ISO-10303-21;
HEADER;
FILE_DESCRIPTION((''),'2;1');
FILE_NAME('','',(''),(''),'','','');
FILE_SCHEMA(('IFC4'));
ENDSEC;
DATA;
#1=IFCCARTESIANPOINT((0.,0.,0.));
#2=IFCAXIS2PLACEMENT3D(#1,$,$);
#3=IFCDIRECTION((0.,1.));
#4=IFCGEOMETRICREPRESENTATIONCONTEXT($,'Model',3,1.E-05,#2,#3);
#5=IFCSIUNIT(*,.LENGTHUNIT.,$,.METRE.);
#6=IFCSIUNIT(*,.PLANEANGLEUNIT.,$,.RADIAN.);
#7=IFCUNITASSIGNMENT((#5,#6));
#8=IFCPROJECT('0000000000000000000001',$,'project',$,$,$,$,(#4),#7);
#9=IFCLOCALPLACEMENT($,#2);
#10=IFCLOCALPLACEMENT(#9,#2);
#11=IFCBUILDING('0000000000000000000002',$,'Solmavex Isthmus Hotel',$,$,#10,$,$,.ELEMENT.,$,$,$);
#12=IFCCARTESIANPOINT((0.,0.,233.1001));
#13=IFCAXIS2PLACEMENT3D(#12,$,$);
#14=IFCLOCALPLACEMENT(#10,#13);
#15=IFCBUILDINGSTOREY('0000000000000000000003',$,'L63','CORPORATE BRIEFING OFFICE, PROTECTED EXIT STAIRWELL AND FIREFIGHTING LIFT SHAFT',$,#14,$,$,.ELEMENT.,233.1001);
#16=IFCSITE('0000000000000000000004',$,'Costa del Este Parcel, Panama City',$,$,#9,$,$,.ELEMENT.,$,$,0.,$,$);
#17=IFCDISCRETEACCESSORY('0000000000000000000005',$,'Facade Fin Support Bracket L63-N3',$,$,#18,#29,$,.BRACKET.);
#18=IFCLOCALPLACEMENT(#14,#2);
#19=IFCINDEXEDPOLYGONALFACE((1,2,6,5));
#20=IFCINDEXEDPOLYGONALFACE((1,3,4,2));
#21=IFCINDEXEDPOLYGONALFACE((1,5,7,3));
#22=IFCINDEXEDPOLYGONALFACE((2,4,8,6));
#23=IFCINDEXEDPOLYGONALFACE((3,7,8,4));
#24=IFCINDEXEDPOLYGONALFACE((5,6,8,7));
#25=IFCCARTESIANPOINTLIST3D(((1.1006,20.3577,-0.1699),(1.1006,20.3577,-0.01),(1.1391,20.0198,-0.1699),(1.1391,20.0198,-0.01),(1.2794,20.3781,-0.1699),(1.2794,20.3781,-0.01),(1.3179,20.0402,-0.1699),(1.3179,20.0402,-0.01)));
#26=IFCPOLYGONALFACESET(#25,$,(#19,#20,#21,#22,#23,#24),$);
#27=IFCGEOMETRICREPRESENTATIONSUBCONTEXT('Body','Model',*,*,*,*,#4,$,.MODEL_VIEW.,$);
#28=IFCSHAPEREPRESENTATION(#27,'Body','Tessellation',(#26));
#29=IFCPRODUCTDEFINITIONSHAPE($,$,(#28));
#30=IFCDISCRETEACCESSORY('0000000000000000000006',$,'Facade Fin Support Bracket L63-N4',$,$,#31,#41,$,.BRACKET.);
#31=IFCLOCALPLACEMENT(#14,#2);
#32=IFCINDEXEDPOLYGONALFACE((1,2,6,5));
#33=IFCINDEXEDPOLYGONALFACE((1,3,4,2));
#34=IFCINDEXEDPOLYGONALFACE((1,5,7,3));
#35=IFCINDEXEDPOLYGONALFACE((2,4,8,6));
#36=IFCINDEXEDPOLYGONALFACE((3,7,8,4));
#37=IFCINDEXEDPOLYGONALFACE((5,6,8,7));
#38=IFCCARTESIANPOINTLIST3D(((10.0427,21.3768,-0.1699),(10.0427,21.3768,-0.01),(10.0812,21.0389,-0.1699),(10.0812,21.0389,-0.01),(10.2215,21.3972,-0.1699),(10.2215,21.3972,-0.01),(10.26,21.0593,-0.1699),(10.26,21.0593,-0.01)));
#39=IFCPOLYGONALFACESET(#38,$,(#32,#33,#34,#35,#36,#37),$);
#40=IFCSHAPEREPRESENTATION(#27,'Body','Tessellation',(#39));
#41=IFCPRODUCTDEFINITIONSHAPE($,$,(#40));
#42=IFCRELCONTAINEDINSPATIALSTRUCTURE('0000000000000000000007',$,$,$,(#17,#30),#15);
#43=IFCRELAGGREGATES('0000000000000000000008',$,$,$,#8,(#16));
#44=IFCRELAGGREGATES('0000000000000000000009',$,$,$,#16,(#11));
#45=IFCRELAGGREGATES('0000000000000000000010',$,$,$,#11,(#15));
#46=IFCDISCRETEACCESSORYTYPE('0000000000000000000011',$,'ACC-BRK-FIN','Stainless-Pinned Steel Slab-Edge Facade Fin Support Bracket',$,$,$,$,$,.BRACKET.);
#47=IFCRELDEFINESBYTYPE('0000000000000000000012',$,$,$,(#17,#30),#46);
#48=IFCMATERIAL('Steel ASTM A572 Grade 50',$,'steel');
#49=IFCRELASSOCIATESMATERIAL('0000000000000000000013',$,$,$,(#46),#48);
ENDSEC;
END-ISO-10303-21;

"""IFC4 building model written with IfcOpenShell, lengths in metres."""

from ifc_helpers import new_model, si_unit, direction, frame, origin, origin_2d, place, context, subcontext, project, spatial, rectangle, extrude, material, type_object, element, save


model = new_model("IFC4")

# Units and contexts
model_context = context("Model", 3, precision=1e-05, world=origin(), true_north=direction((0.0, 1.0)))
body_context = subcontext(model_context, "Body", "Model", "MODEL_VIEW")
ifc_project = project(units=[si_unit("LENGTHUNIT", "METRE"), si_unit("PLANEANGLEUNIT", "RADIAN")], contexts=[model_context])

# Site, building, storey
site_placement = place(None, origin())
site = spatial("IfcSite", under=ifc_project, at=site_placement, Name="Costa del Este Parcel, Panama City", CompositionType="ELEMENT", RefElevation=0.0)
building_placement = place(site_placement, origin())
building = spatial("IfcBuilding", under=site, at=building_placement, Name="Solmavex Isthmus Hotel", CompositionType="ELEMENT")
storey_placement = place(building_placement, frame((0.0, 0.0, 233.1001)))
storey = spatial("IfcBuildingStorey", under=building, at=storey_placement, Name="L63", Description="CORPORATE BRIEFING OFFICE, PROTECTED EXIT STAIRWELL AND FIREFIGHTING LIFT SHAFT", CompositionType="ELEMENT", Elevation=233.1001)

# Discrete accessories
ifc_material_1 = material(Name="Steel ASTM A572 Grade 50", Category="steel")
discrete_accessory_type = type_object("IfcDiscreteAccessoryType", Name="ACC-BRK-FIN", Description="Stainless-Pinned Steel Slab-Edge Facade Fin Support Bracket", PredefinedType="BRACKET", material=ifc_material_1)
for number, where, z_axis, x_axis, name in (
    (1, (1.2092, 20.199, -0.1699), (0.0, 0.0, 1.0), (-0.113203, 0.993572, 0.0), "Facade Fin Support Bracket L63-N3"),
    (2, (10.1514, 21.218, -0.1699), (0.0, 0.0, 1.0), (-0.113203, 0.993572, 0.0), "Facade Fin Support Bracket L63-N4"),
):
    element("IfcDiscreteAccessory", number, at=place(storey_placement, frame(where, z_axis=z_axis, x_axis=x_axis)), inside=storey, type_object=discrete_accessory_type, Name=name, PredefinedType="BRACKET", context=body_context, shape_type="SweptSolid", body=[
        extrude(rectangle(XDim=0.3401, YDim=0.1799, at=origin_2d()), origin(), (0.0, 0.0, 1.0), 0.1599),
    ])

save(model, "model.ifc")
